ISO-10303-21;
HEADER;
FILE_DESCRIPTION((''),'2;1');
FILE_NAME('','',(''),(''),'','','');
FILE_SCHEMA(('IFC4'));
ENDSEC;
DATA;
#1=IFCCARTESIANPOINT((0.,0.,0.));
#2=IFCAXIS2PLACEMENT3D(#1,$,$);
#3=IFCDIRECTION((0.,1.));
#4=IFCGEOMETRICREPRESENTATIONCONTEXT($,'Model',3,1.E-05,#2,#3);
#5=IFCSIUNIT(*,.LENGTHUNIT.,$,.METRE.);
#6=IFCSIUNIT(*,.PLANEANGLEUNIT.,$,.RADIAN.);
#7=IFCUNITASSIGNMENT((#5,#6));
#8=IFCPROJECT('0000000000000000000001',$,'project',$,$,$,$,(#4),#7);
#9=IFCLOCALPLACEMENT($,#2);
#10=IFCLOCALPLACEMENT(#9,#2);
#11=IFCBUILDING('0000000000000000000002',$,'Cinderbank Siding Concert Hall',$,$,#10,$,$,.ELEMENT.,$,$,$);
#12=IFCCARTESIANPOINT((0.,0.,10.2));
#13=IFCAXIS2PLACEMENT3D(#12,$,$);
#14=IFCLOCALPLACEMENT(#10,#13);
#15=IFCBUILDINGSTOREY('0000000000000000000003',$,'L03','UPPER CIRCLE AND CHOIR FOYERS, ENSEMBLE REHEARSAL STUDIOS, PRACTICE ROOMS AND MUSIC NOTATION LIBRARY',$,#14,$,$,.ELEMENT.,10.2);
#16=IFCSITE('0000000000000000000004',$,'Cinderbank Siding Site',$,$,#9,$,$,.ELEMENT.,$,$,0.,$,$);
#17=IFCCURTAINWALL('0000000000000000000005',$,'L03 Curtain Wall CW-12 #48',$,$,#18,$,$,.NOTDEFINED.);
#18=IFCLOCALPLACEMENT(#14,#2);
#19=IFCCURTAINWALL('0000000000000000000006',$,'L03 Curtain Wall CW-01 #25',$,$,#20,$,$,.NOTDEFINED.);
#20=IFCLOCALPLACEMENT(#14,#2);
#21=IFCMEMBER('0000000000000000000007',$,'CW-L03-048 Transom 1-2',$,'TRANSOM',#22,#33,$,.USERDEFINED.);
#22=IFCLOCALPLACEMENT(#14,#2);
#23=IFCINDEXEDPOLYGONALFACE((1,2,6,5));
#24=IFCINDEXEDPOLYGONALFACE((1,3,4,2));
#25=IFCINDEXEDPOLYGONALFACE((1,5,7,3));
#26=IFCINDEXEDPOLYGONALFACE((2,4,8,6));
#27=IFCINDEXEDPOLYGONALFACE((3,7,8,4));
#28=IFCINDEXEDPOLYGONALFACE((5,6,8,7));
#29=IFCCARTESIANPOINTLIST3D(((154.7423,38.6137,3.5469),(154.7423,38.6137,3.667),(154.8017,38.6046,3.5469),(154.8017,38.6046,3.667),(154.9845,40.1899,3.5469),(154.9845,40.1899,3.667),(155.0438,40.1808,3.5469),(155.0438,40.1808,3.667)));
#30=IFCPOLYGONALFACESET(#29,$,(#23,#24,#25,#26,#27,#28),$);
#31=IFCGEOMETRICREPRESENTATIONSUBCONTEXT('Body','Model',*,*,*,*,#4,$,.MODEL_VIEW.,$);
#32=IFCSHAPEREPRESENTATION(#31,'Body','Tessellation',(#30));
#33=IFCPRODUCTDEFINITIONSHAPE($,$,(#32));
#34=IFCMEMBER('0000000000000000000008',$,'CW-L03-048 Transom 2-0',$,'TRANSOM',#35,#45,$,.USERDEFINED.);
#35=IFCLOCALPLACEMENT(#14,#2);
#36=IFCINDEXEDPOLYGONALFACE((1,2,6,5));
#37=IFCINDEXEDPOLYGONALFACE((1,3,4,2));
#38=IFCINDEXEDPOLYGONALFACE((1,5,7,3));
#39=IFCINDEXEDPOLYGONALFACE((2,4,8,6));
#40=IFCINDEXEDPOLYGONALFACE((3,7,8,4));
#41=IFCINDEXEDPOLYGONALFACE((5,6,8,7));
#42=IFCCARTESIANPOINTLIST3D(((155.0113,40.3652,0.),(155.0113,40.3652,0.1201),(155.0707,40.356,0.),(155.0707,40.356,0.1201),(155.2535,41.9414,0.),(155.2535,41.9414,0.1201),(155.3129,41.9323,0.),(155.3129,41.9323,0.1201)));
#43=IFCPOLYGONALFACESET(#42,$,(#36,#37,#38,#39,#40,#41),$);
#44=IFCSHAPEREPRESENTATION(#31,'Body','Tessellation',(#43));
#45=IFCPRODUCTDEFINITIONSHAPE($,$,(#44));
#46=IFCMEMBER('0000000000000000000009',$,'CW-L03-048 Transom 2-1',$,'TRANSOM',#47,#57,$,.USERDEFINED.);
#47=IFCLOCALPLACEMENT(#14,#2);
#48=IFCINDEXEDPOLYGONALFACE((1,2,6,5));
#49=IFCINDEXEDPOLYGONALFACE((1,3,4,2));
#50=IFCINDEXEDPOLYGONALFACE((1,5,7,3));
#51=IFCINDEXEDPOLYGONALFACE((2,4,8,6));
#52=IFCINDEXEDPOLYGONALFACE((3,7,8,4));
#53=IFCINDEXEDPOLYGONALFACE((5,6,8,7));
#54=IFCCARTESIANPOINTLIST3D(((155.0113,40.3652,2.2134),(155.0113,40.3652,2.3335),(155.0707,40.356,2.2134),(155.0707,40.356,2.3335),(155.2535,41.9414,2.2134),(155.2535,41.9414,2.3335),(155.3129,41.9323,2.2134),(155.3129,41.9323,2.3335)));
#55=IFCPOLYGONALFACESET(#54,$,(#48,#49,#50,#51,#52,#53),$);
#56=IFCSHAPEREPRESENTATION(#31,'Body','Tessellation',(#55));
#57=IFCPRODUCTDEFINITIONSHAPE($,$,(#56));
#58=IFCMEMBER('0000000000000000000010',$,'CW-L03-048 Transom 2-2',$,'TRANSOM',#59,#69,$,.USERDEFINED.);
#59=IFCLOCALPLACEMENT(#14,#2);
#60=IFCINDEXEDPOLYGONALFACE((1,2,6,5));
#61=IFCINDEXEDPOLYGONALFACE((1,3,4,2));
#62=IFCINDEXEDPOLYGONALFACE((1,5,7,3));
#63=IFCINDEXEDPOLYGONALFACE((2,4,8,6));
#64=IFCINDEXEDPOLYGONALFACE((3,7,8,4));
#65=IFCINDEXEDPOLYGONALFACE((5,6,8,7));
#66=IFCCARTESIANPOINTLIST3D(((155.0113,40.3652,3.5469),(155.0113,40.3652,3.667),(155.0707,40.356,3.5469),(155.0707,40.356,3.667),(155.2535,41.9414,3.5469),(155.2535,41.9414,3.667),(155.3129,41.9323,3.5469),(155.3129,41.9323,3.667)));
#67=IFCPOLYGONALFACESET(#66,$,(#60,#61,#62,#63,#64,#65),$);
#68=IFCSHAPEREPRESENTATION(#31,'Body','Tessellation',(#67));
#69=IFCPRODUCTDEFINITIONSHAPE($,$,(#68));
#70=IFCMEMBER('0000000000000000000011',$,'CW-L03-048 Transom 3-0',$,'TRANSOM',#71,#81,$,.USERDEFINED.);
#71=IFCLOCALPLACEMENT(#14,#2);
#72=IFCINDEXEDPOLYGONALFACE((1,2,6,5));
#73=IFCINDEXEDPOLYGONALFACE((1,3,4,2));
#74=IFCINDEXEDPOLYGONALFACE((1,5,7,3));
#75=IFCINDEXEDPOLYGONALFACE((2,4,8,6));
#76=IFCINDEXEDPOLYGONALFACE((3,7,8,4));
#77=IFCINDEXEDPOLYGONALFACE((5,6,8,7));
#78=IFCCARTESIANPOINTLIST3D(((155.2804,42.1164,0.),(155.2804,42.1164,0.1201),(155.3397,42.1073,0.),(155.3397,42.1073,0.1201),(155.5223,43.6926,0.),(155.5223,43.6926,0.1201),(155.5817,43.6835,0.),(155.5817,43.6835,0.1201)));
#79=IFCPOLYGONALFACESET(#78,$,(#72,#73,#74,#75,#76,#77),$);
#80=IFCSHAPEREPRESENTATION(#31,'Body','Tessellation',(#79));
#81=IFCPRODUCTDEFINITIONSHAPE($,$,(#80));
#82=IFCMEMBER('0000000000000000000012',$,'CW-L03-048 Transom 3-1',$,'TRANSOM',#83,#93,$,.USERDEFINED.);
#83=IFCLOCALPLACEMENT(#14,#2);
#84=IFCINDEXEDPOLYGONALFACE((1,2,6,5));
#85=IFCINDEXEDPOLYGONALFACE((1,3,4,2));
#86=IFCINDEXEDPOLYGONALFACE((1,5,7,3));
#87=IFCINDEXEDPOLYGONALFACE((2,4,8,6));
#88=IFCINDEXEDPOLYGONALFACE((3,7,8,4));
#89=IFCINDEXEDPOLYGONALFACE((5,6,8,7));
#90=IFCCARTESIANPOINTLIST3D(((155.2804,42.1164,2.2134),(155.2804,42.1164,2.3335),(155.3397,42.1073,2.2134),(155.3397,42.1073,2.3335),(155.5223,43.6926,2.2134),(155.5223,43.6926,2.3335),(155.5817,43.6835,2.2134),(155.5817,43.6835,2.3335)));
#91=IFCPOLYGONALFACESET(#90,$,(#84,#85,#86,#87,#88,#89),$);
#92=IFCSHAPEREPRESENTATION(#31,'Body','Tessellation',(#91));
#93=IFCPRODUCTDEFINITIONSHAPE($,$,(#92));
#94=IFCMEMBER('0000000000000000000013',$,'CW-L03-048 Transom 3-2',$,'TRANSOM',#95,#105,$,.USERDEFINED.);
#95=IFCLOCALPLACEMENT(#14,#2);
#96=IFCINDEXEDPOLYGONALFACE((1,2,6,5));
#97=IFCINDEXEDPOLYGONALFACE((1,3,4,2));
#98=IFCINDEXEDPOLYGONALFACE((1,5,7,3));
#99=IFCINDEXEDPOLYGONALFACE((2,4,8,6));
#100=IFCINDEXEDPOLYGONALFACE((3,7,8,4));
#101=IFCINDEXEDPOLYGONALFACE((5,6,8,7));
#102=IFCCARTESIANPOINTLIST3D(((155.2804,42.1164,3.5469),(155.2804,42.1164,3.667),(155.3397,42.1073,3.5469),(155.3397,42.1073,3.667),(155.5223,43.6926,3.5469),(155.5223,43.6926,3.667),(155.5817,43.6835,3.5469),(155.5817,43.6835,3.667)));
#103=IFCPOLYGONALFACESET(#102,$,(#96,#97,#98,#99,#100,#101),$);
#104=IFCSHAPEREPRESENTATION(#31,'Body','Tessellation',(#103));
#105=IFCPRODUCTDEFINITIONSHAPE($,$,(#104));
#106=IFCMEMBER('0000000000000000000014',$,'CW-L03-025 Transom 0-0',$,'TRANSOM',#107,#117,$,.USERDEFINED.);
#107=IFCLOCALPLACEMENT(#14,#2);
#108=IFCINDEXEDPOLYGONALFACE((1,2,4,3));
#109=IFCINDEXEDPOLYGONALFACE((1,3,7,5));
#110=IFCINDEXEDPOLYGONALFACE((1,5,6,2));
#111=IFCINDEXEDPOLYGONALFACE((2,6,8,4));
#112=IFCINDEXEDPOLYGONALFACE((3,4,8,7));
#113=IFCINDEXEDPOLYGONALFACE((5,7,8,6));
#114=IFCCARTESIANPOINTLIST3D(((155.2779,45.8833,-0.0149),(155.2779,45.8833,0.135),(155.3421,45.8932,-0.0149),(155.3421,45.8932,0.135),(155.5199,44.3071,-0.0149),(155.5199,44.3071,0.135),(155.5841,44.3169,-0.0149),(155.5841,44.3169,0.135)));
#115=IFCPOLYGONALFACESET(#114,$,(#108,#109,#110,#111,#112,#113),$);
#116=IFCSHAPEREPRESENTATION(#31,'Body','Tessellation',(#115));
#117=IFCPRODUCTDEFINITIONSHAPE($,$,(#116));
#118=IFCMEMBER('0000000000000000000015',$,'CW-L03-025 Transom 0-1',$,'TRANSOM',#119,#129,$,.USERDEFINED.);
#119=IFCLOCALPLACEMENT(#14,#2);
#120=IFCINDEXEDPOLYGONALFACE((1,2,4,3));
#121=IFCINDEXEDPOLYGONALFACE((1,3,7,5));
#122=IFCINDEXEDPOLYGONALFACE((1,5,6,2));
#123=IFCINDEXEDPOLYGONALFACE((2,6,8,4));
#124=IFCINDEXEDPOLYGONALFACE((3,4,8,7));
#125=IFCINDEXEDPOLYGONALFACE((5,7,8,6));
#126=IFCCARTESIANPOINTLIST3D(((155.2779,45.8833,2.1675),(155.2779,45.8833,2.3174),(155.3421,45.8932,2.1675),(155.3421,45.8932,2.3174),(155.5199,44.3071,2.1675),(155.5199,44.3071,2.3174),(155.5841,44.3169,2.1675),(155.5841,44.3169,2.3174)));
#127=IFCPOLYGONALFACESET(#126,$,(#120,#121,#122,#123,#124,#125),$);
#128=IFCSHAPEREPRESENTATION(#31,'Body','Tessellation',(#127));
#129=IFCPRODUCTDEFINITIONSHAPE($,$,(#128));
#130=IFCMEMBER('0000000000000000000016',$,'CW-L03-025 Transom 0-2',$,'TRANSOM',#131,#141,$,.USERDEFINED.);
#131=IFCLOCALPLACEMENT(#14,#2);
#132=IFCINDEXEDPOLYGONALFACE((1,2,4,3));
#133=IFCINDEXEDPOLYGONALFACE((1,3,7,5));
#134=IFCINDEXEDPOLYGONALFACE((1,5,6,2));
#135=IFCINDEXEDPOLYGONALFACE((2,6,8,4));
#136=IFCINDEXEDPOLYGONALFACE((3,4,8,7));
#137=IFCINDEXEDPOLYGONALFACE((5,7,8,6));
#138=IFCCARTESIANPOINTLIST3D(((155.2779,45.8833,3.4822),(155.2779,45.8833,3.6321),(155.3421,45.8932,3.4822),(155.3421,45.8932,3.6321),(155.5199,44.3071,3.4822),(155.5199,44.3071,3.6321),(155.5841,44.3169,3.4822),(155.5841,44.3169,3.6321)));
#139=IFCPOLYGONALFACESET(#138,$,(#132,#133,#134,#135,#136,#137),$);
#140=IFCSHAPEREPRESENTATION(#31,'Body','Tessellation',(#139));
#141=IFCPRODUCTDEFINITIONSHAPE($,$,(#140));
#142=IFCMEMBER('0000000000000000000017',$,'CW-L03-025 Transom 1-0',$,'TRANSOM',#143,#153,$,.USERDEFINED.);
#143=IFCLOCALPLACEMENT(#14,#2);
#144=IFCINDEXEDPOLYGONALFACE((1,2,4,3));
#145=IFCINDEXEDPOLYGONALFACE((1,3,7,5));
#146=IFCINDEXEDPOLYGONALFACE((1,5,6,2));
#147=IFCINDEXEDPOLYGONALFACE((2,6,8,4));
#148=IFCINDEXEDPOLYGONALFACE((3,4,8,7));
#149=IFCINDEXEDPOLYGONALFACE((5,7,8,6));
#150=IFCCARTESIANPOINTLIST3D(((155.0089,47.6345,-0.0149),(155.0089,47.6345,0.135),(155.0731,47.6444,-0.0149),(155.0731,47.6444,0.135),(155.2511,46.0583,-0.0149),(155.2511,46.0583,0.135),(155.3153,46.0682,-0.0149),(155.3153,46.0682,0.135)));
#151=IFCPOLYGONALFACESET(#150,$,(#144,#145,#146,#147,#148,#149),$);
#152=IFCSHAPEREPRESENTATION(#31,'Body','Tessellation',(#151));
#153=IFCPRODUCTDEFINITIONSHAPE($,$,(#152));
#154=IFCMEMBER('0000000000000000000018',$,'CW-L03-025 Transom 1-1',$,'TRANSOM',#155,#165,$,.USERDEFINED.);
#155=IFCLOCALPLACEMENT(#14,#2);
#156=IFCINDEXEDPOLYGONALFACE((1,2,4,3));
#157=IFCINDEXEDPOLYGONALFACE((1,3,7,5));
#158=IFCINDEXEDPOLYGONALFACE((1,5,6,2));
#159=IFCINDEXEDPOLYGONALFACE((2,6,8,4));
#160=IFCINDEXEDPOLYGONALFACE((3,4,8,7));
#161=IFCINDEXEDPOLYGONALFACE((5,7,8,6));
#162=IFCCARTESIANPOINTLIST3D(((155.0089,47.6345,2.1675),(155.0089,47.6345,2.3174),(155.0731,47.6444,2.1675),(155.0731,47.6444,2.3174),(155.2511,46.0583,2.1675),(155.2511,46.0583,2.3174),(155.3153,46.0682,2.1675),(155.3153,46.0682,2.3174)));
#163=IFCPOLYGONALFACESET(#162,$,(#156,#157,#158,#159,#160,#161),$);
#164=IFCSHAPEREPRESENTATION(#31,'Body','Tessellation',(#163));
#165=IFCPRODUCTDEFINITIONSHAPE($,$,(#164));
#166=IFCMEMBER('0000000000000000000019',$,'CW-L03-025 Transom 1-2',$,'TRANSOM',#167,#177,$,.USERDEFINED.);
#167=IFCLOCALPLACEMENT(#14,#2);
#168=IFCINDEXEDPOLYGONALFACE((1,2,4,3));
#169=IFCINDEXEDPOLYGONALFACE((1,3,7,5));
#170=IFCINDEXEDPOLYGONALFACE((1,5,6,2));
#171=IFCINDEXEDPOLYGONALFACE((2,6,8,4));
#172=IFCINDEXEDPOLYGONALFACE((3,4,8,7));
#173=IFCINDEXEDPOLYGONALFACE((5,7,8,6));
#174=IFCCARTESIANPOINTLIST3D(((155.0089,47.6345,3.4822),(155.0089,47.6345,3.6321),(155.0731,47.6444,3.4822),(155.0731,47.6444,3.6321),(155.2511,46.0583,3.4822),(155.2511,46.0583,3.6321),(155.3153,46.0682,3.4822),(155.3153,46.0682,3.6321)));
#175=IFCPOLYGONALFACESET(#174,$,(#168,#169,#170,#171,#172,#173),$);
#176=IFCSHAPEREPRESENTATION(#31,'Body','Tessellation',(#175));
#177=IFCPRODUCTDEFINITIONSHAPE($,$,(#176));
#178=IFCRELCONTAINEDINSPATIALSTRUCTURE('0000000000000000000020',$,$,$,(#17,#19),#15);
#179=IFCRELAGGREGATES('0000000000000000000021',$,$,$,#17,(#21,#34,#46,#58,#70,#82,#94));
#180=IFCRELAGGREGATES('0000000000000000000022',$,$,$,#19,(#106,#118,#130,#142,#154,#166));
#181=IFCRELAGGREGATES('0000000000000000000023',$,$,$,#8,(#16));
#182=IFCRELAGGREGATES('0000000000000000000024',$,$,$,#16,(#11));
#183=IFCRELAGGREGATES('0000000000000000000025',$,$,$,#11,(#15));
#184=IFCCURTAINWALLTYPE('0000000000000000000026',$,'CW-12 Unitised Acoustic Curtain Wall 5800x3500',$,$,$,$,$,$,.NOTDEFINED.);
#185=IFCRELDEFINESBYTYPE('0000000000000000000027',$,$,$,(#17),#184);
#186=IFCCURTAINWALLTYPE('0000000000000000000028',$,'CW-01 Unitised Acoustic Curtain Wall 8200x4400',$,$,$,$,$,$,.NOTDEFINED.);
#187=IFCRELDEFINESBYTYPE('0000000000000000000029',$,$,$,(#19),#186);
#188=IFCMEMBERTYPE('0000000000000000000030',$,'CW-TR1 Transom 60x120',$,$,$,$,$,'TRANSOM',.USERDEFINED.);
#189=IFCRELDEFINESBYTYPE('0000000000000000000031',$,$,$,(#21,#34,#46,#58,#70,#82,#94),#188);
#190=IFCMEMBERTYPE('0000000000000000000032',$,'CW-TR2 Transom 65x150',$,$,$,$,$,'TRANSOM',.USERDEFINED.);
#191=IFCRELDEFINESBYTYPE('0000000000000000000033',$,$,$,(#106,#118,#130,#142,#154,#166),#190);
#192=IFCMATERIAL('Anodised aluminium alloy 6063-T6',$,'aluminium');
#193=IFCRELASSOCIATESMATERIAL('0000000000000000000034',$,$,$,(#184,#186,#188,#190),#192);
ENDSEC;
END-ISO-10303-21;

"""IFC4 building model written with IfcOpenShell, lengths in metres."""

from ifc_helpers import new_model, si_unit, direction, frame, origin, origin_2d, place, context, subcontext, project, spatial, rectangle, extrude, material, material_profile, profile_set, type_object, element, aggregate, save


model = new_model("IFC4")

# Units and contexts
model_context = context("Model", 3, precision=1e-05, world=origin(), true_north=direction((0.0, 1.0)))
body_context = subcontext(model_context, "Body", "Model", "MODEL_VIEW")
ifc_project = project(units=[si_unit("LENGTHUNIT", "METRE"), si_unit("PLANEANGLEUNIT", "RADIAN")], contexts=[model_context])

# Site, building, storey
site_placement = place(None, origin())
site = spatial("IfcSite", under=ifc_project, at=site_placement, Name="Cinderbank Siding Site", CompositionType="ELEMENT", RefElevation=0.0)
building_placement = place(site_placement, origin())
building = spatial("IfcBuilding", under=site, at=building_placement, Name="Cinderbank Siding Concert Hall", CompositionType="ELEMENT")
storey_placement = place(building_placement, frame((0.0, 0.0, 10.2)))
storey = spatial("IfcBuildingStorey", under=building, at=storey_placement, Name="L03", Description="UPPER CIRCLE AND CHOIR FOYERS, ENSEMBLE REHEARSAL STUDIOS, PRACTICE ROOMS AND MUSIC NOTATION LIBRARY", CompositionType="ELEMENT", Elevation=10.2)

# Curtain walls
ifc_material_1 = material(Name="Anodised aluminium alloy 6063-T6", Category="aluminium")
curtain_wall_type_1 = type_object("IfcCurtainWallType", Name="CW-12 Unitised Acoustic Curtain Wall 5800x3500", PredefinedType="NOTDEFINED", material=ifc_material_1)
curtain_wall_1_placement = place(storey_placement, origin())
curtain_wall_1 = element("IfcCurtainWall", 1, at=curtain_wall_1_placement, inside=storey, type_object=curtain_wall_type_1, Name="L03 Curtain Wall CW-12 #48", PredefinedType="NOTDEFINED")
curtain_wall_type_2 = type_object("IfcCurtainWallType", Name="CW-01 Unitised Acoustic Curtain Wall 8200x4400", PredefinedType="NOTDEFINED", material=ifc_material_1)
curtain_wall_2_placement = place(storey_placement, origin())
curtain_wall_2 = element("IfcCurtainWall", 2, at=curtain_wall_2_placement, inside=storey, type_object=curtain_wall_type_2, Name="L03 Curtain Wall CW-01 #25", PredefinedType="NOTDEFINED")

# Members
ifc_material_profile_1 = material_profile(ifc_material_1, rectangle(XDim=0.0601, YDim=0.1201, at=origin_2d()), Name="ALU-TRAN-60x120", Category="LoadBearing")
ifc_profile_set_1 = profile_set([ifc_material_profile_1], Name="Anodised aluminium alloy 6063-T6")
member_type_1 = type_object("IfcMemberType", Name="CW-TR1 Transom 60x120", ElementType="TRANSOM", PredefinedType="USERDEFINED", material=ifc_profile_set_1)
member_1_placement = place(storey_placement, frame((154.772, 38.6091, 3.6069), z_axis=(0.151873, 0.9884, 0.0), x_axis=(-0.9884, 0.151873, 0.0)))
member_1 = element("IfcMember", 3, at=member_1_placement, type_object=member_type_1, Name="CW-L03-048 Transom 1-2", ObjectType="TRANSOM", PredefinedType="USERDEFINED", context=body_context, shape_type="SweptSolid", body=[
    extrude(rectangle(XDim=0.0601, YDim=0.1201, at=origin_2d()), origin(), (0.0, 0.0, 1.0), 1.5947),
])
member_2_placement = place(storey_placement, frame((155.041, 40.3606, 0.0601), z_axis=(0.151873, 0.9884, 0.0), x_axis=(-0.9884, 0.151873, 0.0)))
member_2 = element("IfcMember", 4, at=member_2_placement, type_object=member_type_1, Name="CW-L03-048 Transom 2-0", ObjectType="TRANSOM", PredefinedType="USERDEFINED", context=body_context, shape_type="SweptSolid", body=[
    extrude(rectangle(XDim=0.0601, YDim=0.1201, at=origin_2d()), origin(), (0.0, 0.0, 1.0), 1.5947),
])
member_3_placement = place(storey_placement, frame((155.041, 40.3606, 2.2734), z_axis=(0.151873, 0.9884, 0.0), x_axis=(-0.9884, 0.151873, 0.0)))
member_3 = element("IfcMember", 5, at=member_3_placement, type_object=member_type_1, Name="CW-L03-048 Transom 2-1", ObjectType="TRANSOM", PredefinedType="USERDEFINED", context=body_context, shape_type="SweptSolid", body=[
    extrude(rectangle(XDim=0.0601, YDim=0.1201, at=origin_2d()), origin(), (0.0, 0.0, 1.0), 1.5947),
])
member_4_placement = place(storey_placement, frame((155.041, 40.3606, 3.6069), z_axis=(0.151873, 0.9884, 0.0), x_axis=(-0.9884, 0.151873, 0.0)))
member_4 = element("IfcMember", 6, at=member_4_placement, type_object=member_type_1, Name="CW-L03-048 Transom 2-2", ObjectType="TRANSOM", PredefinedType="USERDEFINED", context=body_context, shape_type="SweptSolid", body=[
    extrude(rectangle(XDim=0.0601, YDim=0.1201, at=origin_2d()), origin(), (0.0, 0.0, 1.0), 1.5947),
])
member_5_placement = place(storey_placement, frame((155.3101, 42.1118, 0.0601), z_axis=(0.151724, 0.988423, 0.0), x_axis=(-0.988423, 0.151724, 0.0)))
member_5 = element("IfcMember", 7, at=member_5_placement, type_object=member_type_1, Name="CW-L03-048 Transom 3-0", ObjectType="TRANSOM", PredefinedType="USERDEFINED", context=body_context, shape_type="SweptSolid", body=[
    extrude(rectangle(XDim=0.0601, YDim=0.1201, at=origin_2d()), origin(), (0.0, 0.0, 1.0), 1.5947),
])
member_6_placement = place(storey_placement, frame((155.3101, 42.1118, 2.2734), z_axis=(0.151724, 0.988423, 0.0), x_axis=(-0.988423, 0.151724, 0.0)))
member_6 = element("IfcMember", 8, at=member_6_placement, type_object=member_type_1, Name="CW-L03-048 Transom 3-1", ObjectType="TRANSOM", PredefinedType="USERDEFINED", context=body_context, shape_type="SweptSolid", body=[
    extrude(rectangle(XDim=0.0601, YDim=0.1201, at=origin_2d()), origin(), (0.0, 0.0, 1.0), 1.5947),
])
member_7_placement = place(storey_placement, frame((155.3101, 42.1118, 3.6069), z_axis=(0.151724, 0.988423, 0.0), x_axis=(-0.988423, 0.151724, 0.0)))
member_7 = element("IfcMember", 9, at=member_7_placement, type_object=member_type_1, Name="CW-L03-048 Transom 3-2", ObjectType="TRANSOM", PredefinedType="USERDEFINED", context=body_context, shape_type="SweptSolid", body=[
    extrude(rectangle(XDim=0.0601, YDim=0.1201, at=origin_2d()), origin(), (0.0, 0.0, 1.0), 1.5947),
])
ifc_material_profile_2 = material_profile(ifc_material_1, rectangle(XDim=0.0649, YDim=0.1499, at=origin_2d()), Name="ALU-TRAN-65x150", Category="LoadBearing")
ifc_profile_set_2 = profile_set([ifc_material_profile_2], Name="Anodised aluminium alloy 6063-T6")
member_type_2 = type_object("IfcMemberType", Name="CW-TR2 Transom 65x150", ElementType="TRANSOM", PredefinedType="USERDEFINED", material=ifc_profile_set_2)
member_8_placement = place(storey_placement, frame((155.552, 44.312, 0.0601), z_axis=(-0.151724, 0.988423, 0.0), x_axis=(-0.988423, -0.151724, 0.0)))
member_8 = element("IfcMember", 10, at=member_8_placement, type_object=member_type_2, Name="CW-L03-025 Transom 0-0", ObjectType="TRANSOM", PredefinedType="USERDEFINED", context=body_context, shape_type="SweptSolid", body=[
    extrude(rectangle(XDim=0.0649, YDim=0.1499, at=origin_2d()), origin(), (0.0, 0.0, 1.0), 1.5947),
])
member_9_placement = place(storey_placement, frame((155.552, 44.312, 2.2424), z_axis=(-0.151724, 0.988423, 0.0), x_axis=(-0.988423, -0.151724, 0.0)))
member_9 = element("IfcMember", 11, at=member_9_placement, type_object=member_type_2, Name="CW-L03-025 Transom 0-1", ObjectType="TRANSOM", PredefinedType="USERDEFINED", context=body_context, shape_type="SweptSolid", body=[
    extrude(rectangle(XDim=0.0649, YDim=0.1499, at=origin_2d()), origin(), (0.0, 0.0, 1.0), 1.5947),
])
member_10_placement = place(storey_placement, frame((155.552, 44.312, 3.5571), z_axis=(-0.151724, 0.988423, 0.0), x_axis=(-0.988423, -0.151724, 0.0)))
member_10 = element("IfcMember", 12, at=member_10_placement, type_object=member_type_2, Name="CW-L03-025 Transom 0-2", ObjectType="TRANSOM", PredefinedType="USERDEFINED", context=body_context, shape_type="SweptSolid", body=[
    extrude(rectangle(XDim=0.0649, YDim=0.1499, at=origin_2d()), origin(), (0.0, 0.0, 1.0), 1.5947),
])
member_11_placement = place(storey_placement, frame((155.2832, 46.0632, 0.0601), z_axis=(-0.151873, 0.9884, 0.0), x_axis=(-0.9884, -0.151873, 0.0)))
member_11 = element("IfcMember", 13, at=member_11_placement, type_object=member_type_2, Name="CW-L03-025 Transom 1-0", ObjectType="TRANSOM", PredefinedType="USERDEFINED", context=body_context, shape_type="SweptSolid", body=[
    extrude(rectangle(XDim=0.0649, YDim=0.1499, at=origin_2d()), origin(), (0.0, 0.0, 1.0), 1.5947),
])
member_12_placement = place(storey_placement, frame((155.2832, 46.0632, 2.2424), z_axis=(-0.151873, 0.9884, 0.0), x_axis=(-0.9884, -0.151873, 0.0)))
member_12 = element("IfcMember", 14, at=member_12_placement, type_object=member_type_2, Name="CW-L03-025 Transom 1-1", ObjectType="TRANSOM", PredefinedType="USERDEFINED", context=body_context, shape_type="SweptSolid", body=[
    extrude(rectangle(XDim=0.0649, YDim=0.1499, at=origin_2d()), origin(), (0.0, 0.0, 1.0), 1.5947),
])
member_13_placement = place(storey_placement, frame((155.2832, 46.0632, 3.5571), z_axis=(-0.151873, 0.9884, 0.0), x_axis=(-0.9884, -0.151873, 0.0)))
member_13 = element("IfcMember", 15, at=member_13_placement, type_object=member_type_2, Name="CW-L03-025 Transom 1-2", ObjectType="TRANSOM", PredefinedType="USERDEFINED", context=body_context, shape_type="SweptSolid", body=[
    extrude(rectangle(XDim=0.0649, YDim=0.1499, at=origin_2d()), origin(), (0.0, 0.0, 1.0), 1.5947),
])

aggregate(curtain_wall_1, [member_1, member_2, member_3, member_4, member_5, member_6, member_7])
aggregate(curtain_wall_2, [member_8, member_9, member_10, member_11, member_12, member_13])

save(model, "model.ifc")
